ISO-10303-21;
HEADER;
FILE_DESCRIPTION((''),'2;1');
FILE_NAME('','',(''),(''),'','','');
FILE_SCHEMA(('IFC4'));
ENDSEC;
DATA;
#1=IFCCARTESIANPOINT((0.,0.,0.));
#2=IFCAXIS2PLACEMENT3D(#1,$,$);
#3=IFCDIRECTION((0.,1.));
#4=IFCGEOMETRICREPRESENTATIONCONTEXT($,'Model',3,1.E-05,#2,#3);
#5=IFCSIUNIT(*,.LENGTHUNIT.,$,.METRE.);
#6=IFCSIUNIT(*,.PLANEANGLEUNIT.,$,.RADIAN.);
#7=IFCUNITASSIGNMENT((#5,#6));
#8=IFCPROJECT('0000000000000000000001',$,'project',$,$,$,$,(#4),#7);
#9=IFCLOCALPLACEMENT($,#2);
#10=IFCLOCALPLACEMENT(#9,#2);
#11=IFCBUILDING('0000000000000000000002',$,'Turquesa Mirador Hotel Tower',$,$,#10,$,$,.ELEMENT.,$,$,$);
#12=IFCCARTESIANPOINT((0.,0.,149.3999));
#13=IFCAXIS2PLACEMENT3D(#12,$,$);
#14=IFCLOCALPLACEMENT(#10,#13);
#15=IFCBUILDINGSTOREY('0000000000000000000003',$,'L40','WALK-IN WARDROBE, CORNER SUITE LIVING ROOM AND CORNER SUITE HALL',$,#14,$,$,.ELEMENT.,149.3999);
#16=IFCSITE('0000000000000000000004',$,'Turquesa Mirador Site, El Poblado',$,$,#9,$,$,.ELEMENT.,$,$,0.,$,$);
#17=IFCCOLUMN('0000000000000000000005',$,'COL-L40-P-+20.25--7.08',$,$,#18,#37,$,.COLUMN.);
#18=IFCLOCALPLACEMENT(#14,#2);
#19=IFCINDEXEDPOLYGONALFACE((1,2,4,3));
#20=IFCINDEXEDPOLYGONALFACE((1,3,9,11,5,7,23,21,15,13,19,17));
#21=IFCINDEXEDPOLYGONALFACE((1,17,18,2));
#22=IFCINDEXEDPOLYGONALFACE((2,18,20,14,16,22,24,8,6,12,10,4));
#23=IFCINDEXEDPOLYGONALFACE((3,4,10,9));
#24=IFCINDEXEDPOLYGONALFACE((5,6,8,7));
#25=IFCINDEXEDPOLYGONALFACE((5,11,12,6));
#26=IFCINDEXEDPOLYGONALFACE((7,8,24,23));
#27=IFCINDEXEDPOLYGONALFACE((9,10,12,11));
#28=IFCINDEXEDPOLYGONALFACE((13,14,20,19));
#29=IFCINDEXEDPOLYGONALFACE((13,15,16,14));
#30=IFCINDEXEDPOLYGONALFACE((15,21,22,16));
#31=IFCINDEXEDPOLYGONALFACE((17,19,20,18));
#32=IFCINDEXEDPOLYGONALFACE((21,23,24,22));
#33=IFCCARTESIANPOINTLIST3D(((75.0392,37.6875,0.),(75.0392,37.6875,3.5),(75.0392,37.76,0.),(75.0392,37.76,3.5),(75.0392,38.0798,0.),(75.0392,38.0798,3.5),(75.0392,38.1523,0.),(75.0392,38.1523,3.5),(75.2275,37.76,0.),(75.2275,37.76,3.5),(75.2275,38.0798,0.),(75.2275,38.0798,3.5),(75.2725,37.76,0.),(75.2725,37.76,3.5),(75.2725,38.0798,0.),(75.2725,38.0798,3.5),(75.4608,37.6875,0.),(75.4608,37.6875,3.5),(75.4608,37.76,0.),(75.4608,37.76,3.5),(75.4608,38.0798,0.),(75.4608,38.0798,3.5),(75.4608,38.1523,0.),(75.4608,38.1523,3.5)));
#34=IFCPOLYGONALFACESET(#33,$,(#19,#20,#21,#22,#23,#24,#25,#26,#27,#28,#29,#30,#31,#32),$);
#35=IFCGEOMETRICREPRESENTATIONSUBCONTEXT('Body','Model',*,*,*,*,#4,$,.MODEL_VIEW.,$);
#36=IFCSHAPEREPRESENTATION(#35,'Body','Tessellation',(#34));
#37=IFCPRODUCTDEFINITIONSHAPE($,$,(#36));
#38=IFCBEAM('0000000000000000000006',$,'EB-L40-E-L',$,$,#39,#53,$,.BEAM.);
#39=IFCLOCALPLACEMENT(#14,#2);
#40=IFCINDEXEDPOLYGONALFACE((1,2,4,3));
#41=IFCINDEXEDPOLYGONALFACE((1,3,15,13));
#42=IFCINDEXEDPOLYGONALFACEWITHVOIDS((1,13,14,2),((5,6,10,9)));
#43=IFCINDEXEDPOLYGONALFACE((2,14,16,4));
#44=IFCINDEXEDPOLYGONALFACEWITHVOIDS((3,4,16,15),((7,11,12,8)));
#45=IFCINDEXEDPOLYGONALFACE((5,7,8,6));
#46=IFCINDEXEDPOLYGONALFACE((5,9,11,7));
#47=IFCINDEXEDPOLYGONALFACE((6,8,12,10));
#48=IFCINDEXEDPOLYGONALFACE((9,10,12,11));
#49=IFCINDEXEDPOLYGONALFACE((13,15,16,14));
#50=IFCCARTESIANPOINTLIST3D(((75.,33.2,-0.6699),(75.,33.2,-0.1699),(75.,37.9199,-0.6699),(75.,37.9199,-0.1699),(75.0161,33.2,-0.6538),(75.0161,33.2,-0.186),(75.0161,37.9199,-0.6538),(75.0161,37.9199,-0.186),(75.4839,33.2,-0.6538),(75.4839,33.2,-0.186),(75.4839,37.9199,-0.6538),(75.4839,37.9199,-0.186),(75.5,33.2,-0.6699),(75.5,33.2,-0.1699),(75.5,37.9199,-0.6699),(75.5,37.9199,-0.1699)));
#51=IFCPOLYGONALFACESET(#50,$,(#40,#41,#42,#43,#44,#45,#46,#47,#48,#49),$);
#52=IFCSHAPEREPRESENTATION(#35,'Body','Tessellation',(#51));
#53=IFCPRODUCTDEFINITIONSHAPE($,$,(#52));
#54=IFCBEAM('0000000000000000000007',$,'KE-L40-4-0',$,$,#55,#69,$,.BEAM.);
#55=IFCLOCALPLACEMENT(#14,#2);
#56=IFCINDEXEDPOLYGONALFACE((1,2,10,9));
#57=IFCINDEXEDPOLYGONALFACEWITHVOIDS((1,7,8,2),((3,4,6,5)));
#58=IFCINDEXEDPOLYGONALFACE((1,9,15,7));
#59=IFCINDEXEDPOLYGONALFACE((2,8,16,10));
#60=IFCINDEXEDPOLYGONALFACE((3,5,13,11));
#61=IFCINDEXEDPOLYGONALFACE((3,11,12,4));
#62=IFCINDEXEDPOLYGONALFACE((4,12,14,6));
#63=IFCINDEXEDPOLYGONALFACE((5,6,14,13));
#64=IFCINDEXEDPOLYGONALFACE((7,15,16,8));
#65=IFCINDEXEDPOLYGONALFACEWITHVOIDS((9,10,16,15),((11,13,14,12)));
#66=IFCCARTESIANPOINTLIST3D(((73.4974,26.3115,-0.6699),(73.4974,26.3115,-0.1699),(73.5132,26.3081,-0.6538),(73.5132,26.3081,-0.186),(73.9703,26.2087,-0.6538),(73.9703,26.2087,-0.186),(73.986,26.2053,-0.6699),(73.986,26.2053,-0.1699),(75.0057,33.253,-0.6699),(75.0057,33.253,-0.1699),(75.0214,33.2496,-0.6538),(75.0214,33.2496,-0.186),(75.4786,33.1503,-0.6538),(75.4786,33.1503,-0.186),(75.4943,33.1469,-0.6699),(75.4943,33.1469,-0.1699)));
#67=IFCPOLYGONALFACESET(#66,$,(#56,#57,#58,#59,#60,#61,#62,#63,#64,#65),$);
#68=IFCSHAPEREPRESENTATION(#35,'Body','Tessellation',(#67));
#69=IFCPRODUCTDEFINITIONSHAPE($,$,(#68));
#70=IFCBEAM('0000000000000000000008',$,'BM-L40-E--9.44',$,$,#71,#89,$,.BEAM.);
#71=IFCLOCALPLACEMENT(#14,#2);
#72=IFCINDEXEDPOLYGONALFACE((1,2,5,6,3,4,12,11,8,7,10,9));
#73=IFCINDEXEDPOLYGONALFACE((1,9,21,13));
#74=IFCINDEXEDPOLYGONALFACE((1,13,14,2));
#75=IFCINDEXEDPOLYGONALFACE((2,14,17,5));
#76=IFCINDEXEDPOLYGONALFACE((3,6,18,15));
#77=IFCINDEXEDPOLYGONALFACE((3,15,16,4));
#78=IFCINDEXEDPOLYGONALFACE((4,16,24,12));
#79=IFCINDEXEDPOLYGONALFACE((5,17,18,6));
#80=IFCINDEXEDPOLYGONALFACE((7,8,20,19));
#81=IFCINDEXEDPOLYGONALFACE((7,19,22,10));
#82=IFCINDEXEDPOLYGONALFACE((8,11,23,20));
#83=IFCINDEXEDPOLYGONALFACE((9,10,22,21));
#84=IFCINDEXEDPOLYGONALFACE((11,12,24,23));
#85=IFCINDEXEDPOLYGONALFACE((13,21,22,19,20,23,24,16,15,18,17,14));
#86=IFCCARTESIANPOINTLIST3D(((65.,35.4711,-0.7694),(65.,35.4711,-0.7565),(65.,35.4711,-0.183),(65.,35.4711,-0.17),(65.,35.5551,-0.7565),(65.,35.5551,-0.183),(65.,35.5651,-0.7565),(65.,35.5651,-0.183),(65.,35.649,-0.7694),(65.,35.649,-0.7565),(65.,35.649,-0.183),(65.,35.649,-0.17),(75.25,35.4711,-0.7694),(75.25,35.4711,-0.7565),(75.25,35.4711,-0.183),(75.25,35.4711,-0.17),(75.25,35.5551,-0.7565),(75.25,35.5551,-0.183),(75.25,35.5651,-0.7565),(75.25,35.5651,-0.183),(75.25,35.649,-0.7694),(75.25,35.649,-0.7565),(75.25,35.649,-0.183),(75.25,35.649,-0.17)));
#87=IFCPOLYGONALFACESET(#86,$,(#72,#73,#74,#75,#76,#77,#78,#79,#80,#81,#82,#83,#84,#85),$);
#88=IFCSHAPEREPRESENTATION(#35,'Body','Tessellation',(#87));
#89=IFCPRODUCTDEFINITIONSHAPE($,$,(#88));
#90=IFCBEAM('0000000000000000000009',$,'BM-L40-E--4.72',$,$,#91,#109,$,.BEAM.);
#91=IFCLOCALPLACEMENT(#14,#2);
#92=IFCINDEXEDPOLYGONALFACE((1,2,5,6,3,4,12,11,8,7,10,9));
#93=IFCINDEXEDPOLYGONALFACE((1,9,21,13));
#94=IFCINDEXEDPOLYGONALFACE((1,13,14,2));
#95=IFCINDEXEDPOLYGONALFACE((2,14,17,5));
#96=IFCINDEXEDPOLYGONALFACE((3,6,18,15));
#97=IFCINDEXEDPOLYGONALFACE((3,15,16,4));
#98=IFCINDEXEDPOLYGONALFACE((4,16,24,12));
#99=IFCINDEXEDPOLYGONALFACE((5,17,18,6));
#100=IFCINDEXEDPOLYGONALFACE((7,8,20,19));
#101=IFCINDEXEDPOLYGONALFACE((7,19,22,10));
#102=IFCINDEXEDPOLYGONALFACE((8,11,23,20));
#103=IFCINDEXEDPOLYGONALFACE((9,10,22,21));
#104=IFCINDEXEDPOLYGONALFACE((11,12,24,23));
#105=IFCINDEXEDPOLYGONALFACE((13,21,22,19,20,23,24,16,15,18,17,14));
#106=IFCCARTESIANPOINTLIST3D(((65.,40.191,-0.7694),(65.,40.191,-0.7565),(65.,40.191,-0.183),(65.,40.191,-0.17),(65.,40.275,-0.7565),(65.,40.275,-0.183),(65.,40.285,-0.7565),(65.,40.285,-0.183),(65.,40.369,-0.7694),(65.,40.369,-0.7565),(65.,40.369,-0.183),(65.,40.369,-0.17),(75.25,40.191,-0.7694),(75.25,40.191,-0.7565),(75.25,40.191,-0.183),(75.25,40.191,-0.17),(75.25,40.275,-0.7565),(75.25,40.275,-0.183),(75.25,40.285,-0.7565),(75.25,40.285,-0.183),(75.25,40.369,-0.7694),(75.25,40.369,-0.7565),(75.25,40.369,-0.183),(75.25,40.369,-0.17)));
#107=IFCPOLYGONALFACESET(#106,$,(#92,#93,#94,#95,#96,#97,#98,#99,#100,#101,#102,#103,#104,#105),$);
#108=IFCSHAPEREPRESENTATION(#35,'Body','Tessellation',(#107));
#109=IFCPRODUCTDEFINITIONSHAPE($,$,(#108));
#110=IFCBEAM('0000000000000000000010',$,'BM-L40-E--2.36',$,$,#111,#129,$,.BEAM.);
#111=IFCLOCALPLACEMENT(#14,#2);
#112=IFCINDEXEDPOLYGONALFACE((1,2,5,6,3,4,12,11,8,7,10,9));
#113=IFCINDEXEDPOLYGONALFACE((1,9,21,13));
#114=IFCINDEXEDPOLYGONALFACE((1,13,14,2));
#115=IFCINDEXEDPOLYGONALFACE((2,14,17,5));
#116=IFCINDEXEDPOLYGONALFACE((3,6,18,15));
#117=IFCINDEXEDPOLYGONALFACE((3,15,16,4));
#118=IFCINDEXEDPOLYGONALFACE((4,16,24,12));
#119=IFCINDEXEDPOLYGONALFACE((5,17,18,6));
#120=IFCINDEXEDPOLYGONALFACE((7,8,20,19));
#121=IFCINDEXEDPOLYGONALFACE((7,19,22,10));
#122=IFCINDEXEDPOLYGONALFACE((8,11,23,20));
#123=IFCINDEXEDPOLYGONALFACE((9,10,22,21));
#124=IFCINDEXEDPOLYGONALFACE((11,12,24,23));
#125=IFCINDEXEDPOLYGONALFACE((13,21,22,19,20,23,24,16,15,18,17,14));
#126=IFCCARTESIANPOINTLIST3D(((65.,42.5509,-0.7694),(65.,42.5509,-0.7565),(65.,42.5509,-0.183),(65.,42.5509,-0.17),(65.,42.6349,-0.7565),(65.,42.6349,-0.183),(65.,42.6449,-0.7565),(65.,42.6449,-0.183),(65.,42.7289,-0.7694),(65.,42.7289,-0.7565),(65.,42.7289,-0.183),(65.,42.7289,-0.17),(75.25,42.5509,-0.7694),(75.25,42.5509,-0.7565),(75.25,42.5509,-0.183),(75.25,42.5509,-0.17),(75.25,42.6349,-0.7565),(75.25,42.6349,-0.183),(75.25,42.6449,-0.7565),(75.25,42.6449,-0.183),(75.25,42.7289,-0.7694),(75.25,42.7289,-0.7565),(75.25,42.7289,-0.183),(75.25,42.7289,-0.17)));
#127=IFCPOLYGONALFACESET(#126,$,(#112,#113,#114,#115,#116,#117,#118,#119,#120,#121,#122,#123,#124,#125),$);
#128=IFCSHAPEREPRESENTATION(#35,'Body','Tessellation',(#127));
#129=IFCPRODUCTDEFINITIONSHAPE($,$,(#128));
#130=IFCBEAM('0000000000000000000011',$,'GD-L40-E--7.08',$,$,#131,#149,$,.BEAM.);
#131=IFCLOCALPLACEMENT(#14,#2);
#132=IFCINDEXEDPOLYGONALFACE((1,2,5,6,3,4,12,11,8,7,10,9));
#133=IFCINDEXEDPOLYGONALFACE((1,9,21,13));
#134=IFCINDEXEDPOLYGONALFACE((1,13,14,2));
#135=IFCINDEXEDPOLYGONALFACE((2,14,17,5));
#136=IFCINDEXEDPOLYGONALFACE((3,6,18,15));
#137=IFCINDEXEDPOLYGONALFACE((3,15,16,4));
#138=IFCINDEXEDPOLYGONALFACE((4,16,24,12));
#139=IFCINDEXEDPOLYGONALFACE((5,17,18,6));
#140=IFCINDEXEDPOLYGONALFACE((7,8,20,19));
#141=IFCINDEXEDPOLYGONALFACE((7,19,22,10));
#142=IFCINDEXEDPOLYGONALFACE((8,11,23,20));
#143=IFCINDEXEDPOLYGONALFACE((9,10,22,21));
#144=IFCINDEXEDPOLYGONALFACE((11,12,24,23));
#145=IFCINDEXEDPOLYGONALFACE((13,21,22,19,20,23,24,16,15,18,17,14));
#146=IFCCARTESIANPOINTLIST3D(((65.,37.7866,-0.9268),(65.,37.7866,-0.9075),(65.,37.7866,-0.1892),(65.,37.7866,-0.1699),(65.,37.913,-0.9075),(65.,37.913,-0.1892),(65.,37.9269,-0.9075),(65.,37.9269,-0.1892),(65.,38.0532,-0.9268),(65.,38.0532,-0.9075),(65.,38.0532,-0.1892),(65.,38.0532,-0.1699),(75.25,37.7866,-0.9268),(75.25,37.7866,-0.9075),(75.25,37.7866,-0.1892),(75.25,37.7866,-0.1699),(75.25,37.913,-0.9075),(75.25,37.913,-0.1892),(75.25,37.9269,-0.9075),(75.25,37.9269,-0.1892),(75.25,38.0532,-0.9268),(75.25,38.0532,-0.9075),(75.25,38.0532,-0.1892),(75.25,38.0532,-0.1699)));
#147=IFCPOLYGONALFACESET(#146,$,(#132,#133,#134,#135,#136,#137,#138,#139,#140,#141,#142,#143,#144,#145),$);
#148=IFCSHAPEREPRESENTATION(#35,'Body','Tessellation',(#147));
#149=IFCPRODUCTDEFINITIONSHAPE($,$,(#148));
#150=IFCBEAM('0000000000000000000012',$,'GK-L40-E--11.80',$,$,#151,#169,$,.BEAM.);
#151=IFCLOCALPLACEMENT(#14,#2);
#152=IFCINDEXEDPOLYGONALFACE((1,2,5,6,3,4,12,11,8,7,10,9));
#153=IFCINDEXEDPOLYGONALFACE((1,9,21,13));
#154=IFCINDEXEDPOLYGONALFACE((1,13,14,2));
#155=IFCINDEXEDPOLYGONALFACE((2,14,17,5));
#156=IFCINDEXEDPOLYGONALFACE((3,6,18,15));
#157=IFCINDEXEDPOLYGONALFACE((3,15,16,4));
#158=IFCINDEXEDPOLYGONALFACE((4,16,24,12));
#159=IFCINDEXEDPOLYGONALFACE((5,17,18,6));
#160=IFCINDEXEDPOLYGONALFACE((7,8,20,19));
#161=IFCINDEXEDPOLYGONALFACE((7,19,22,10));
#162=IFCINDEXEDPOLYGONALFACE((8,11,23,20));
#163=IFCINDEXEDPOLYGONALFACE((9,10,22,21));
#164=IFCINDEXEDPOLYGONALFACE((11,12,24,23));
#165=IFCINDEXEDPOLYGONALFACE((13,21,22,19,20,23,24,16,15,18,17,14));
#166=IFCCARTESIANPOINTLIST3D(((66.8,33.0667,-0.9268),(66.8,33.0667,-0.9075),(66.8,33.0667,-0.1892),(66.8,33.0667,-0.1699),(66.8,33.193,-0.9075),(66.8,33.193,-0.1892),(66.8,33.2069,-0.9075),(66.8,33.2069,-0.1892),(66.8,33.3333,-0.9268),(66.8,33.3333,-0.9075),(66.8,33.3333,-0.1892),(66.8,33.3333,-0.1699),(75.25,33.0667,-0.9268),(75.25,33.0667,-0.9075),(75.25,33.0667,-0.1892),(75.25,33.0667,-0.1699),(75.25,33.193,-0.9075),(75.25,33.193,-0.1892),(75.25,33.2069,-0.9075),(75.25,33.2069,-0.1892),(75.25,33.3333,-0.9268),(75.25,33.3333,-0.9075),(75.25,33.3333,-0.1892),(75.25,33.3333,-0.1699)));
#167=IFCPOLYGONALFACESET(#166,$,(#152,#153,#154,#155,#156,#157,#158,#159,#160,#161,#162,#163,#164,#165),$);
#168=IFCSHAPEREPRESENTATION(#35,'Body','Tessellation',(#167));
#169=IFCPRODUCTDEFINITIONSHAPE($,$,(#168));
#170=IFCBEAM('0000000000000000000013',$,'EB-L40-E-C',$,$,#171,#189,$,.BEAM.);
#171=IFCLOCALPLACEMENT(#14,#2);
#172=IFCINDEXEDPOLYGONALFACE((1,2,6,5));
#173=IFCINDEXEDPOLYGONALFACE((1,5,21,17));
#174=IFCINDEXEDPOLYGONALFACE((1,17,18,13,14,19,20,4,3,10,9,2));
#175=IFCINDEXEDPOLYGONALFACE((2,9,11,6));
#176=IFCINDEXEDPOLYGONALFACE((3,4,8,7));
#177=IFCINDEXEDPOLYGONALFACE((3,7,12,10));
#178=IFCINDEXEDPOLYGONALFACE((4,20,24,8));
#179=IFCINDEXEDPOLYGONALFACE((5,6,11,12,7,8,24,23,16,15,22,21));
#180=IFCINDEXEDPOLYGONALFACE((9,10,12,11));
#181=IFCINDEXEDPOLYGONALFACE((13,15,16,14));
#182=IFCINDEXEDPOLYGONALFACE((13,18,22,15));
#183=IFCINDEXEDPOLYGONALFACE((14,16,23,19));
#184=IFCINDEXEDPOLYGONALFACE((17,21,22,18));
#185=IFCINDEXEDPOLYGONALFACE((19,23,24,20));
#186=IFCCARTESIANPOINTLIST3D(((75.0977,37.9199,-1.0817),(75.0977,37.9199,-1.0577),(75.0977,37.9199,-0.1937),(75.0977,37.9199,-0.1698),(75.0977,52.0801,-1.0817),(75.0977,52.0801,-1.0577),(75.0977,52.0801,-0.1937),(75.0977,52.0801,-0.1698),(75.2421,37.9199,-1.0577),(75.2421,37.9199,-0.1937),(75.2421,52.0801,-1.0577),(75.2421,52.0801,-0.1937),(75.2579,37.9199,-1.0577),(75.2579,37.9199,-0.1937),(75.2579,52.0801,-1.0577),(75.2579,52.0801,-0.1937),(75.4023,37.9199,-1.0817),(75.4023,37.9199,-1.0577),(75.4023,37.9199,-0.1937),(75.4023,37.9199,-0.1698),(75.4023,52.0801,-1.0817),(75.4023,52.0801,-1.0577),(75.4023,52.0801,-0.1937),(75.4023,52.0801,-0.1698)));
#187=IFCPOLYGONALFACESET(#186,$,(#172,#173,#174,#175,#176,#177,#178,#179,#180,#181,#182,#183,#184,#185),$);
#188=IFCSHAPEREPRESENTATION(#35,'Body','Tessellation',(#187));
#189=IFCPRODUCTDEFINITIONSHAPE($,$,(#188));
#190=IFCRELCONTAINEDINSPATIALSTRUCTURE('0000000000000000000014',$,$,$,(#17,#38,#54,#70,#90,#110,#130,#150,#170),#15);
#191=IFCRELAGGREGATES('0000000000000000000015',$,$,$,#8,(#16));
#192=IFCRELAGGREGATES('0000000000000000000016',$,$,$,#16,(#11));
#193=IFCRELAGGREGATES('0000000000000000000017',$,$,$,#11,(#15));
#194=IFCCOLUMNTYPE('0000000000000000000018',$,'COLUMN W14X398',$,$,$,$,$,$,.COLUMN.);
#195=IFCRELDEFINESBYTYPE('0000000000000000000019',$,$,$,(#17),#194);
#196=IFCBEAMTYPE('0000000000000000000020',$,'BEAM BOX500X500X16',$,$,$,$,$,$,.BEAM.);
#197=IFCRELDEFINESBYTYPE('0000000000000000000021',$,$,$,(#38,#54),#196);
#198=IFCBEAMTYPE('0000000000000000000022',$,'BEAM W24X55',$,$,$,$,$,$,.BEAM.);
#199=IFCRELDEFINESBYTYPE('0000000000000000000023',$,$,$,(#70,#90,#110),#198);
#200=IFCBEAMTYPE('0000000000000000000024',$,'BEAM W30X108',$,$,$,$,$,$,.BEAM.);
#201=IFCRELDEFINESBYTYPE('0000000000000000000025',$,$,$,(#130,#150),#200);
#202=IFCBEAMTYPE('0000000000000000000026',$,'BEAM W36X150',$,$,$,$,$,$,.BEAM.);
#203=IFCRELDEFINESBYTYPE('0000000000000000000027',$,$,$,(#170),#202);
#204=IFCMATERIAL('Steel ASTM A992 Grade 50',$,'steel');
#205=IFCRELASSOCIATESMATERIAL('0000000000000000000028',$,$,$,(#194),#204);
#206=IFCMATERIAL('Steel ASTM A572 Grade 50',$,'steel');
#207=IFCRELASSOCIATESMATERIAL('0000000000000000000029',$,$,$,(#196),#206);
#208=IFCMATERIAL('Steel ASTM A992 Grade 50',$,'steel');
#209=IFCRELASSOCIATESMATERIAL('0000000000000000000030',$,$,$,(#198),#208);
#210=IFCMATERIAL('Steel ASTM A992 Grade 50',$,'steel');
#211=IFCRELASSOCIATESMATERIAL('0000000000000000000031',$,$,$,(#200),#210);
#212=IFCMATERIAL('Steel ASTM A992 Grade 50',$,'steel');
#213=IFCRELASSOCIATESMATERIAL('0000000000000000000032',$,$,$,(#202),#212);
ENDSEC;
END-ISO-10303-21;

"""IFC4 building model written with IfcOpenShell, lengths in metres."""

from ifc_helpers import new_model, si_unit, direction, frame, origin, origin_2d, place, context, subcontext, project, spatial, hollow_rectangle, i_section, extrude, material, material_profile, profile_set, type_object, element, save


model = new_model("IFC4")

# Units and contexts
model_context = context("Model", 3, precision=1e-05, world=origin(), true_north=direction((0.0, 1.0)))
body_context = subcontext(model_context, "Body", "Model", "MODEL_VIEW")
ifc_project = project(units=[si_unit("LENGTHUNIT", "METRE"), si_unit("PLANEANGLEUNIT", "RADIAN")], contexts=[model_context])

# Site, building, storey
site_placement = place(None, origin())
site = spatial("IfcSite", under=ifc_project, at=site_placement, Name="Turquesa Mirador Site, El Poblado", CompositionType="ELEMENT", RefElevation=0.0)
building_placement = place(site_placement, origin())
building = spatial("IfcBuilding", under=site, at=building_placement, Name="Turquesa Mirador Hotel Tower", CompositionType="ELEMENT")
storey_placement = place(building_placement, frame((0.0, 0.0, 149.3999)))
storey = spatial("IfcBuildingStorey", under=building, at=storey_placement, Name="L40", Description="WALK-IN WARDROBE, CORNER SUITE LIVING ROOM AND CORNER SUITE HALL", CompositionType="ELEMENT", Elevation=149.3999)

# Column
ifc_material_1 = material(Name="Steel ASTM A992 Grade 50", Category="steel")
ifc_material_profile_1 = material_profile(ifc_material_1, i_section(OverallWidth=0.4216, OverallDepth=0.4648, WebThickness=0.0449, FlangeThickness=0.0725, at=origin_2d()), Name="W14X398")
ifc_profile_set_1 = profile_set([ifc_material_profile_1], Name="Steel ASTM A992 Grade 50")
column_type = type_object("IfcColumnType", Name="COLUMN W14X398", PredefinedType="COLUMN", material=ifc_profile_set_1)
column_placement = place(storey_placement, frame((75.25, 37.9199, 0.0), z_axis=(0.0, 0.0, 1.0), x_axis=(1.0, 0.0, 0.0)))
element("IfcColumn", 1, at=column_placement, inside=storey, type_object=column_type, Name="COL-L40-P-+20.25--7.08", PredefinedType="COLUMN", context=body_context, shape_type="SweptSolid", body=[
    extrude(i_section(OverallWidth=0.4216, OverallDepth=0.4648, WebThickness=0.0449, FlangeThickness=0.0725, at=origin_2d()), origin(), (0.0, 0.0, 1.0), 3.5),
])

# Beams
ifc_material_2 = material(Name="Steel ASTM A572 Grade 50", Category="steel")
ifc_material_profile_2 = material_profile(ifc_material_2, hollow_rectangle(XDim=0.5, YDim=0.5, WallThickness=0.0161, at=origin_2d()), Name="BOX500X500X16")
ifc_profile_set_2 = profile_set([ifc_material_profile_2], Name="Steel ASTM A572 Grade 50")
beam_type_1 = type_object("IfcBeamType", Name="BEAM BOX500X500X16", PredefinedType="BEAM", material=ifc_profile_set_2)
beam_1_placement = place(storey_placement, frame((75.25, 33.2, -0.4199), z_axis=(0.0, 1.0, 0.0), x_axis=(-1.0, 0.0, 0.0)))
element("IfcBeam", 2, at=beam_1_placement, inside=storey, type_object=beam_type_1, Name="EB-L40-E-L", PredefinedType="BEAM", context=body_context, shape_type="SweptSolid", body=[
    extrude(hollow_rectangle(XDim=0.5, YDim=0.5, WallThickness=0.0161, at=origin_2d()), origin(), (0.0, 0.0, 1.0), 4.72),
])
beam_2_placement = place(storey_placement, frame((75.25, 33.2, -0.4199), z_axis=(-0.212328, -0.977198, 0.0), x_axis=(0.977198, -0.212328, 0.0)))
element("IfcBeam", 3, at=beam_2_placement, inside=storey, type_object=beam_type_1, Name="KE-L40-4-0", PredefinedType="BEAM", context=body_context, shape_type="SweptSolid", body=[
    extrude(hollow_rectangle(XDim=0.5, YDim=0.5, WallThickness=0.0161, at=origin_2d()), origin(), (0.0, 0.0, 1.0), 7.1035),
])
ifc_material_3 = material(Name="Steel ASTM A992 Grade 50", Category="steel")
ifc_material_profile_3 = material_profile(ifc_material_3, i_section(OverallWidth=0.178, OverallDepth=0.5994, WebThickness=0.01, FlangeThickness=0.0129, at=origin_2d()), Name="W24X55")
ifc_profile_set_3 = profile_set([ifc_material_profile_3], Name="Steel ASTM A992 Grade 50")
beam_type_2 = type_object("IfcBeamType", Name="BEAM W24X55", PredefinedType="BEAM", material=ifc_profile_set_3)
for number, where, z_axis, x_axis, name in (
    (4, (75.25, 35.5601, -0.4697), (-1.0, 0.0, 0.0), (0.0, -1.0, 0.0), "BM-L40-E--9.44"),
    (5, (75.25, 40.28, -0.4697), (-1.0, 0.0, 0.0), (0.0, -1.0, 0.0), "BM-L40-E--4.72"),
    (6, (75.25, 42.6399, -0.4697), (-1.0, 0.0, 0.0), (0.0, -1.0, 0.0), "BM-L40-E--2.36"),
):
    element("IfcBeam", number, at=place(storey_placement, frame(where, z_axis=z_axis, x_axis=x_axis)), inside=storey, type_object=beam_type_2, Name=name, PredefinedType="BEAM", context=body_context, shape_type="SweptSolid", body=[
        extrude(i_section(OverallWidth=0.178, OverallDepth=0.5994, WebThickness=0.01, FlangeThickness=0.0129, at=origin_2d()), origin(), (0.0, 0.0, 1.0), 10.25),
    ])
ifc_material_4 = material(Name="Steel ASTM A992 Grade 50", Category="steel")
ifc_material_profile_4 = material_profile(ifc_material_4, i_section(OverallWidth=0.2666, OverallDepth=0.7568, WebThickness=0.0139, FlangeThickness=0.0193, at=origin_2d()), Name="W30X108")
ifc_profile_set_4 = profile_set([ifc_material_profile_4], Name="Steel ASTM A992 Grade 50")
beam_type_3 = type_object("IfcBeamType", Name="BEAM W30X108", PredefinedType="BEAM", material=ifc_profile_set_4)
beam_3_placement = place(storey_placement, frame((75.25, 37.9199, -0.5483), z_axis=(-1.0, 0.0, 0.0), x_axis=(0.0, -1.0, 0.0)))
element("IfcBeam", 7, at=beam_3_placement, inside=storey, type_object=beam_type_3, Name="GD-L40-E--7.08", PredefinedType="BEAM", context=body_context, shape_type="SweptSolid", body=[
    extrude(i_section(OverallWidth=0.2666, OverallDepth=0.7568, WebThickness=0.0139, FlangeThickness=0.0193, at=origin_2d()), origin(), (0.0, 0.0, 1.0), 10.25),
])
beam_4_placement = place(storey_placement, frame((75.25, 33.2, -0.5483), z_axis=(-1.0, 0.0, 0.0), x_axis=(0.0, -1.0, 0.0)))
element("IfcBeam", 8, at=beam_4_placement, inside=storey, type_object=beam_type_3, Name="GK-L40-E--11.80", PredefinedType="BEAM", context=body_context, shape_type="SweptSolid", body=[
    extrude(i_section(OverallWidth=0.2666, OverallDepth=0.7568, WebThickness=0.0139, FlangeThickness=0.0193, at=origin_2d()), origin(), (0.0, 0.0, 1.0), 8.45),
])
ifc_material_5 = material(Name="Steel ASTM A992 Grade 50", Category="steel")
ifc_material_profile_5 = material_profile(ifc_material_5, i_section(OverallWidth=0.3047, OverallDepth=0.9119, WebThickness=0.0159, FlangeThickness=0.0239, at=origin_2d()), Name="W36X150")
ifc_profile_set_5 = profile_set([ifc_material_profile_5], Name="Steel ASTM A992 Grade 50")
beam_type_4 = type_object("IfcBeamType", Name="BEAM W36X150", PredefinedType="BEAM", material=ifc_profile_set_5)
beam_5_placement = place(storey_placement, frame((75.25, 37.9199, -0.6257), z_axis=(0.0, 1.0, 0.0), x_axis=(-1.0, 0.0, 0.0)))
element("IfcBeam", 9, at=beam_5_placement, inside=storey, type_object=beam_type_4, Name="EB-L40-E-C", PredefinedType="BEAM", context=body_context, shape_type="SweptSolid", body=[
    extrude(i_section(OverallWidth=0.3047, OverallDepth=0.9119, WebThickness=0.0159, FlangeThickness=0.0239, at=origin_2d()), origin(), (0.0, 0.0, 1.0), 14.1602),
])

save(model, "model.ifc")
